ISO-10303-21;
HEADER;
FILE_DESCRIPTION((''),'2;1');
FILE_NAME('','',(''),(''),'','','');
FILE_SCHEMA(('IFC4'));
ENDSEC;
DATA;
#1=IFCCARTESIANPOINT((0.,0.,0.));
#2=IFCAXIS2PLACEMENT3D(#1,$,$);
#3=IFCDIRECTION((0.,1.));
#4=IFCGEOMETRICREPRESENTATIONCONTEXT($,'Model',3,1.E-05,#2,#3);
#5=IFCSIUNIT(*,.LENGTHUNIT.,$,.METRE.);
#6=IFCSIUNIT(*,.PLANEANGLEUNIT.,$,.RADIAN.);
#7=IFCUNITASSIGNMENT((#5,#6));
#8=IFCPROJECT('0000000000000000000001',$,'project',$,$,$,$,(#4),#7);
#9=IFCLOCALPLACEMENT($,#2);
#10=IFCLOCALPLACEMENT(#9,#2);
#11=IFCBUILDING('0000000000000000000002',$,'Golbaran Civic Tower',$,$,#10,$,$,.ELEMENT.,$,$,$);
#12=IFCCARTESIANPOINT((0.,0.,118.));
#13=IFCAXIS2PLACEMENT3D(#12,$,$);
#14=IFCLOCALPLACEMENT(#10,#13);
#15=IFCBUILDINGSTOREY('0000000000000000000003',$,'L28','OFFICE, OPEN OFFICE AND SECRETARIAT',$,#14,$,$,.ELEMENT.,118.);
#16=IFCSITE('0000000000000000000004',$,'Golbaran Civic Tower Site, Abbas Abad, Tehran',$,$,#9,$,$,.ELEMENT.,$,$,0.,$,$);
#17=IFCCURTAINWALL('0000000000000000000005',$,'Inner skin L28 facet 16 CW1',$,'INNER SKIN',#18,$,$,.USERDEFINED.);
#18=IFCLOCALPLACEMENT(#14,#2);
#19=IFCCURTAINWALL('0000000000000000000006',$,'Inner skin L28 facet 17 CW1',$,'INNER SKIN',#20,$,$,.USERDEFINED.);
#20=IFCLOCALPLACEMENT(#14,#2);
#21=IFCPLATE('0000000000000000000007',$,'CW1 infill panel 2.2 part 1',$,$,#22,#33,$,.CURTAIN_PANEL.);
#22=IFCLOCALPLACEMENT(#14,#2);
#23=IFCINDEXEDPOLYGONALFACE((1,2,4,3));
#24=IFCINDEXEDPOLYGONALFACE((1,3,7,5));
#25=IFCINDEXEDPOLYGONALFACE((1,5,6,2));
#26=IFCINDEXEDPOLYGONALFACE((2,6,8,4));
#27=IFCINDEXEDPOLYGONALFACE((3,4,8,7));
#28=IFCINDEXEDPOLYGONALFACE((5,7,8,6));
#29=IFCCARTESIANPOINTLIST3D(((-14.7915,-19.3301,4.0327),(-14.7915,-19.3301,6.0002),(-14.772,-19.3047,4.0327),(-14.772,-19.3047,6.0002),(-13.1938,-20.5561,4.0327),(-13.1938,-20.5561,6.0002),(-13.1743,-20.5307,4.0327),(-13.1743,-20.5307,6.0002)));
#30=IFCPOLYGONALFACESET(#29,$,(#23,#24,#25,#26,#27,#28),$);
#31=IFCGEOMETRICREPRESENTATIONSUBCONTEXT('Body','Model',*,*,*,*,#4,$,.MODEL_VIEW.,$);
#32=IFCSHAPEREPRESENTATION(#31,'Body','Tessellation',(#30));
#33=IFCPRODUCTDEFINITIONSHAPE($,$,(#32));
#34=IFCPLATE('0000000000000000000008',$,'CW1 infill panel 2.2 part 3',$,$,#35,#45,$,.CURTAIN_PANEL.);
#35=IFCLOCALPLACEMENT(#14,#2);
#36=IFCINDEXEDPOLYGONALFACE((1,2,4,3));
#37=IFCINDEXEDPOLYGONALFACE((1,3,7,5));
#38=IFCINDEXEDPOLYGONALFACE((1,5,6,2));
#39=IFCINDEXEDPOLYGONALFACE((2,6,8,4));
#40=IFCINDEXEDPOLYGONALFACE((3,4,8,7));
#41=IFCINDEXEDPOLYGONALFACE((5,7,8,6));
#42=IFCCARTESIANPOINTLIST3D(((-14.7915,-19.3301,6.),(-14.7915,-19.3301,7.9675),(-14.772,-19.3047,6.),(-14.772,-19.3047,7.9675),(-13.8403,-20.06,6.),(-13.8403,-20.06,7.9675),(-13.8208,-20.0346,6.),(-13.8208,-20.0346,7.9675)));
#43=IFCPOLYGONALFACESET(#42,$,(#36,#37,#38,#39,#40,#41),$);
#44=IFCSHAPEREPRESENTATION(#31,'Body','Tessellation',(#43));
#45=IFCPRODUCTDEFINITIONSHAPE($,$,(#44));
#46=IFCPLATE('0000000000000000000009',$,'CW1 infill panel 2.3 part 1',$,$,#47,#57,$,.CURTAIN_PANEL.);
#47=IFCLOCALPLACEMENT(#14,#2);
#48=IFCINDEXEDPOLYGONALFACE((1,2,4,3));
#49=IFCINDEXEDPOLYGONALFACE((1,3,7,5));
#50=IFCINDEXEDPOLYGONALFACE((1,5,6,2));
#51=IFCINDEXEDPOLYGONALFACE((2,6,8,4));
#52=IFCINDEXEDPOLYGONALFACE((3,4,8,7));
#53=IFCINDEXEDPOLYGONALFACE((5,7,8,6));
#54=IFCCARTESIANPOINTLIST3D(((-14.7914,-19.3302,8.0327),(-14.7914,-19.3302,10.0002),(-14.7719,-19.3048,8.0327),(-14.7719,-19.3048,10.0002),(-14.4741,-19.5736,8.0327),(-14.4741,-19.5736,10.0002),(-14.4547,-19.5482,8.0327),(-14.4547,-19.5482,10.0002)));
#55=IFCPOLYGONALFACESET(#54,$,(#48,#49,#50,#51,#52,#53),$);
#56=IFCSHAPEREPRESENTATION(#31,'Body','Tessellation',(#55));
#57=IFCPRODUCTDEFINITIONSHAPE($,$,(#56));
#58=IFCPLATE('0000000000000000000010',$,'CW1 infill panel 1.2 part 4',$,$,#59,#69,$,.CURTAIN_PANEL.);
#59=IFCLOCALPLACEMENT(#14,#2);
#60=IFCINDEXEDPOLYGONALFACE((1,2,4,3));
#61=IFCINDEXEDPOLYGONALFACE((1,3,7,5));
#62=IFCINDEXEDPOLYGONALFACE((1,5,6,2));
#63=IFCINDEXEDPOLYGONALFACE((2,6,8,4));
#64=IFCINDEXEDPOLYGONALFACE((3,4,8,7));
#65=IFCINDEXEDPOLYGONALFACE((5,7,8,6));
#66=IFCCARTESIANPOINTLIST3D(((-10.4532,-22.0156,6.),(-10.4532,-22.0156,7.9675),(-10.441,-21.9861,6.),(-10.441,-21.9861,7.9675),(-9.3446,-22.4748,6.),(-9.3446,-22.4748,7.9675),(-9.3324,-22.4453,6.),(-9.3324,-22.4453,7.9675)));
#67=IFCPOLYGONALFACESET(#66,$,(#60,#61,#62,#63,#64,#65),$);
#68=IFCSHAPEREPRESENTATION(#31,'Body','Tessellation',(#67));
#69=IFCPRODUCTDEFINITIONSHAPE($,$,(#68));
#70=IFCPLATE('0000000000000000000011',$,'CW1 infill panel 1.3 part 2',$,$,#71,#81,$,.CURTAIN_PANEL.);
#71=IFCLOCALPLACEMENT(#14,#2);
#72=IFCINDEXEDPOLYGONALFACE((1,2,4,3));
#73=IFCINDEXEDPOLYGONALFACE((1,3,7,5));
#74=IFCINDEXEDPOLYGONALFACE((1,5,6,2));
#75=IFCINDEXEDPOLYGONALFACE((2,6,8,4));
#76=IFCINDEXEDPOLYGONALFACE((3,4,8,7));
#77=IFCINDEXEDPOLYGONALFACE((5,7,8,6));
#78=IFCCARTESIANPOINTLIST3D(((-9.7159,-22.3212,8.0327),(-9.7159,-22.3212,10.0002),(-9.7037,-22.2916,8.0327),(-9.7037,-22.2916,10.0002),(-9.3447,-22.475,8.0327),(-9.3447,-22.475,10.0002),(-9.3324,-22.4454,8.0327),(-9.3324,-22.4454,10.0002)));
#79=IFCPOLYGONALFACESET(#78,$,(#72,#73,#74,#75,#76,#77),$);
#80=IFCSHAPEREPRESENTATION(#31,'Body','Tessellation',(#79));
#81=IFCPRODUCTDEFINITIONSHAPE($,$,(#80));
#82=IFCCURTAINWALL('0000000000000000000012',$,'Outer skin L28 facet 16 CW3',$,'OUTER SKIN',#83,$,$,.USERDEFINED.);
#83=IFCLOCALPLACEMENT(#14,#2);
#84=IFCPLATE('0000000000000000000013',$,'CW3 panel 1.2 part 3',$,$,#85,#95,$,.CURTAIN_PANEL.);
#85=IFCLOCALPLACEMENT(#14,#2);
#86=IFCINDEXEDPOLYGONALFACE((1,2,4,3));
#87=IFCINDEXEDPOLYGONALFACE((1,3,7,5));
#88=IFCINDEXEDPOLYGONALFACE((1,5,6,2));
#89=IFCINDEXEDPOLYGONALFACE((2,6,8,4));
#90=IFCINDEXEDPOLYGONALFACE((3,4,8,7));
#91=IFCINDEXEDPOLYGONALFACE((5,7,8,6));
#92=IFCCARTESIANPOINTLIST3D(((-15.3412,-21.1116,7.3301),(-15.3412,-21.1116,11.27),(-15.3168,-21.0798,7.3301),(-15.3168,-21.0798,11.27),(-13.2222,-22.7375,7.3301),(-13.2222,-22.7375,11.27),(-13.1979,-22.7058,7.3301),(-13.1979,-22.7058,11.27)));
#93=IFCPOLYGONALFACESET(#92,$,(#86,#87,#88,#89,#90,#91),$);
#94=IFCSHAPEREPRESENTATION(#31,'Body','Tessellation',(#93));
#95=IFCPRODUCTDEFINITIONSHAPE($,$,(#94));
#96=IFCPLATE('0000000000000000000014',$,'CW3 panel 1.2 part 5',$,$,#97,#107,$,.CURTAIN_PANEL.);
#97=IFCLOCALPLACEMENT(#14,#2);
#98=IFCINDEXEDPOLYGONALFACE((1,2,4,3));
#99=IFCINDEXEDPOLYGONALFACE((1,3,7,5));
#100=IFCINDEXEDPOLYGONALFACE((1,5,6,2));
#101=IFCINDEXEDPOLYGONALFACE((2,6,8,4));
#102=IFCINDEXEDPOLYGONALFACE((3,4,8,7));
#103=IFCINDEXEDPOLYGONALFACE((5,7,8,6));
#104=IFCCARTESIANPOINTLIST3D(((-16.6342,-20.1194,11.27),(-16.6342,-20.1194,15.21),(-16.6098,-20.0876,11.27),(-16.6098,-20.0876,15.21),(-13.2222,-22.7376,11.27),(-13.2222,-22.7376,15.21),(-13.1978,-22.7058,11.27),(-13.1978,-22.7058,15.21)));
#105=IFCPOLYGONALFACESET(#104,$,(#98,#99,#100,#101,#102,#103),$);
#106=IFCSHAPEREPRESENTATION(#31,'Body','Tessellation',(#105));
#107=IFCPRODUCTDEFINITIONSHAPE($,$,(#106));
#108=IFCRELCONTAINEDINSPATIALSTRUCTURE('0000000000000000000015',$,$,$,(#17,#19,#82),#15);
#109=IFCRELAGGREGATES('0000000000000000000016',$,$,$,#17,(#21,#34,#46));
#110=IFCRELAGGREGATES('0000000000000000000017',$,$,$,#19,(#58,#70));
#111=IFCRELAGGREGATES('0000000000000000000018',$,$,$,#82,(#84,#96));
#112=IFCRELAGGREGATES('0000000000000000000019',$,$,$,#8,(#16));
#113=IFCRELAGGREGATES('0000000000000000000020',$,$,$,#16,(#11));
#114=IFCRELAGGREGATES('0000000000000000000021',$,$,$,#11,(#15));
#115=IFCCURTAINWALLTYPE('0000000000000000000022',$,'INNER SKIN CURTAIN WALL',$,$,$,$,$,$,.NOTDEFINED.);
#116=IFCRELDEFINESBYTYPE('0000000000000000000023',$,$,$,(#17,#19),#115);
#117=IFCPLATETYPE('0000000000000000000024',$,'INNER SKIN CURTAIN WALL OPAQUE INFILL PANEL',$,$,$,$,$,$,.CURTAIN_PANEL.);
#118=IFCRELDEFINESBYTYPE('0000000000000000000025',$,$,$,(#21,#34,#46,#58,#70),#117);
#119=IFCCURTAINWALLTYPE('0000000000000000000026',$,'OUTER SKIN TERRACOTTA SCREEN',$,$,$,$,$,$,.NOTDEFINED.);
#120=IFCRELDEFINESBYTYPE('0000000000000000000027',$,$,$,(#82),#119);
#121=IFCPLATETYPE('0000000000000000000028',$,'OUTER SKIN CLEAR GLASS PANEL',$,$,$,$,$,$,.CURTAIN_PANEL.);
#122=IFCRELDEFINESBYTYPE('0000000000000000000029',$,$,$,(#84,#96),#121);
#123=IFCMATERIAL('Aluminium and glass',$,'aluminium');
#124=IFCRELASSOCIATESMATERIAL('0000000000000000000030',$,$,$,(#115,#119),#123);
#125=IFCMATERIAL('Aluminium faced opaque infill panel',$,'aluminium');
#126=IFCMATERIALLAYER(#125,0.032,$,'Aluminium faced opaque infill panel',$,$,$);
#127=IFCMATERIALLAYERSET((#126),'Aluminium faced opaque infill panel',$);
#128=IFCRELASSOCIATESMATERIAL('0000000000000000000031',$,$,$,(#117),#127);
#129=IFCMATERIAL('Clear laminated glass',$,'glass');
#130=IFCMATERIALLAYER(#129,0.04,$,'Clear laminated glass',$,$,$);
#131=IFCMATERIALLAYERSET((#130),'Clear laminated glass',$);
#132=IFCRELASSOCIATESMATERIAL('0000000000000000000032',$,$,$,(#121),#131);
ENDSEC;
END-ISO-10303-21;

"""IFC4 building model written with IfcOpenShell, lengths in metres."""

from ifc_helpers import new_model, si_unit, direction, frame, origin, origin_2d, place, context, subcontext, project, spatial, rectangle, extrude, material, layer, layer_set, type_object, element, aggregate, save


model = new_model("IFC4")

# Units and contexts
model_context = context("Model", 3, precision=1e-05, world=origin(), true_north=direction((0.0, 1.0)))
body_context = subcontext(model_context, "Body", "Model", "MODEL_VIEW")
ifc_project = project(units=[si_unit("LENGTHUNIT", "METRE"), si_unit("PLANEANGLEUNIT", "RADIAN")], contexts=[model_context])

# Site, building, storey
site_placement = place(None, origin())
site = spatial("IfcSite", under=ifc_project, at=site_placement, Name="Golbaran Civic Tower Site, Abbas Abad, Tehran", CompositionType="ELEMENT", RefElevation=0.0)
building_placement = place(site_placement, origin())
building = spatial("IfcBuilding", under=site, at=building_placement, Name="Golbaran Civic Tower", CompositionType="ELEMENT")
storey_placement = place(building_placement, frame((0.0, 0.0, 118.0)))
storey = spatial("IfcBuildingStorey", under=building, at=storey_placement, Name="L28", Description="OFFICE, OPEN OFFICE AND SECRETARIAT", CompositionType="ELEMENT", Elevation=118.0)

# Curtain walls
ifc_material_1 = material(Name="Aluminium and glass", Category="aluminium")
curtain_wall_type_1 = type_object("IfcCurtainWallType", Name="INNER SKIN CURTAIN WALL", PredefinedType="NOTDEFINED", material=ifc_material_1)
curtain_wall_1_placement = place(storey_placement, origin())
curtain_wall_1 = element("IfcCurtainWall", 1, at=curtain_wall_1_placement, inside=storey, type_object=curtain_wall_type_1, Name="Inner skin L28 facet 16 CW1", ObjectType="INNER SKIN", PredefinedType="USERDEFINED")
curtain_wall_2_placement = place(storey_placement, origin())
curtain_wall_2 = element("IfcCurtainWall", 2, at=curtain_wall_2_placement, inside=storey, type_object=curtain_wall_type_1, Name="Inner skin L28 facet 17 CW1", ObjectType="INNER SKIN", PredefinedType="USERDEFINED")

# Plates
ifc_material_2 = material(Name="Aluminium faced opaque infill panel", Category="aluminium")
ifc_layer_1 = layer(ifc_material_2, 0.032, Name="Aluminium faced opaque infill panel")
ifc_layer_set_1 = layer_set([ifc_layer_1], Name="Aluminium faced opaque infill panel")
plate_type_1 = type_object("IfcPlateType", Name="INNER SKIN CURTAIN WALL OPAQUE INFILL PANEL", PredefinedType="CURTAIN_PANEL", material=ifc_layer_set_1)
plate_1_placement = place(storey_placement, frame((-13.9829, -19.9304, 4.0327), z_axis=(0.0, 0.0, 1.0), x_axis=(0.793353, -0.608761, 0.0)))
plate_1 = element("IfcPlate", 3, at=plate_1_placement, type_object=plate_type_1, Name="CW1 infill panel 2.2 part 1", PredefinedType="CURTAIN_PANEL", context=body_context, shape_type="SweptSolid", body=[
    extrude(rectangle(XDim=2.0139, YDim=0.032, at=origin_2d()), origin(), (0.0, 0.0, 1.0), 1.9675),
])
plate_2_placement = place(storey_placement, frame((-14.3062, -19.6824, 6.0), z_axis=(0.0, 0.0, 1.0), x_axis=(0.793353, -0.608761, 0.0)))
plate_2 = element("IfcPlate", 4, at=plate_2_placement, type_object=plate_type_1, Name="CW1 infill panel 2.2 part 3", PredefinedType="CURTAIN_PANEL", context=body_context, shape_type="SweptSolid", body=[
    extrude(rectangle(XDim=1.199, YDim=0.032, at=origin_2d()), origin(), (0.0, 0.0, 1.0), 1.9675),
])
plate_3_placement = place(storey_placement, frame((-14.623, -19.4392, 8.0327), z_axis=(0.0, 0.0, 1.0), x_axis=(0.793353, -0.608761, 0.0)))
plate_3 = element("IfcPlate", 5, at=plate_3_placement, type_object=plate_type_1, Name="CW1 infill panel 2.3 part 1", PredefinedType="CURTAIN_PANEL", context=body_context, shape_type="SweptSolid", body=[
    extrude(rectangle(XDim=0.3999, YDim=0.032, at=origin_2d()), origin(), (0.0, 0.0, 1.0), 1.9675),
])
aggregate(curtain_wall_1, [plate_1, plate_2, plate_3])
plate_4_placement = place(storey_placement, frame((-9.8928, -22.2305, 6.0), z_axis=(0.0, 0.0, 1.0), x_axis=(0.92388, -0.382683, 0.0)))
plate_4 = element("IfcPlate", 6, at=plate_4_placement, type_object=plate_type_1, Name="CW1 infill panel 1.2 part 4", PredefinedType="CURTAIN_PANEL", context=body_context, shape_type="SweptSolid", body=[
    extrude(rectangle(XDim=1.2, YDim=0.032, at=origin_2d()), origin(), (0.0, 0.0, 1.0), 1.9675),
])
plate_5_placement = place(storey_placement, frame((-9.5242, -22.3833, 8.0327), z_axis=(0.0, 0.0, 1.0), x_axis=(0.92388, -0.382683, 0.0)))
plate_5 = element("IfcPlate", 7, at=plate_5_placement, type_object=plate_type_1, Name="CW1 infill panel 1.3 part 2", PredefinedType="CURTAIN_PANEL", context=body_context, shape_type="SweptSolid", body=[
    extrude(rectangle(XDim=0.4019, YDim=0.032, at=origin_2d()), origin(), (0.0, 0.0, 1.0), 1.9675),
])
aggregate(curtain_wall_2, [plate_4, plate_5])

# Curtain wall, plates
curtain_wall_type_2 = type_object("IfcCurtainWallType", Name="OUTER SKIN TERRACOTTA SCREEN", PredefinedType="NOTDEFINED", material=ifc_material_1)
curtain_wall_3_placement = place(storey_placement, origin())
curtain_wall_3 = element("IfcCurtainWall", 8, at=curtain_wall_3_placement, inside=storey, type_object=curtain_wall_type_2, Name="Outer skin L28 facet 16 CW3", ObjectType="OUTER SKIN", PredefinedType="USERDEFINED")
ifc_material_3 = material(Name="Clear laminated glass", Category="glass")
ifc_layer_2 = layer(ifc_material_3, 0.04, Name="Clear laminated glass")
ifc_layer_set_2 = layer_set([ifc_layer_2], Name="Clear laminated glass")
plate_type_2 = type_object("IfcPlateType", Name="OUTER SKIN CLEAR GLASS PANEL", PredefinedType="CURTAIN_PANEL", material=ifc_layer_set_2)
plate_6_placement = place(storey_placement, frame((-14.2695, -21.9087, 7.3301), z_axis=(0.0, 0.0, 1.0), x_axis=(0.793353, -0.608761, 0.0)))
plate_6 = element("IfcPlate", 9, at=plate_6_placement, type_object=plate_type_2, Name="CW3 panel 1.2 part 3", PredefinedType="CURTAIN_PANEL", context=body_context, shape_type="SweptSolid", body=[
    extrude(rectangle(XDim=2.6709, YDim=0.04, at=origin_2d()), origin(), (0.0, 0.0, 1.0), 3.9399),
])
plate_7_placement = place(storey_placement, frame((-14.916, -21.4126, 11.27), z_axis=(0.0, 0.0, 1.0), x_axis=(0.793353, -0.608761, 0.0)))
plate_7 = element("IfcPlate", 10, at=plate_7_placement, type_object=plate_type_2, Name="CW3 panel 1.2 part 5", PredefinedType="CURTAIN_PANEL", context=body_context, shape_type="SweptSolid", body=[
    extrude(rectangle(XDim=4.3008, YDim=0.04, at=origin_2d()), origin(), (0.0, 0.0, 1.0), 3.9399),
])
aggregate(curtain_wall_3, [plate_6, plate_7])

save(model, "model.ifc")
